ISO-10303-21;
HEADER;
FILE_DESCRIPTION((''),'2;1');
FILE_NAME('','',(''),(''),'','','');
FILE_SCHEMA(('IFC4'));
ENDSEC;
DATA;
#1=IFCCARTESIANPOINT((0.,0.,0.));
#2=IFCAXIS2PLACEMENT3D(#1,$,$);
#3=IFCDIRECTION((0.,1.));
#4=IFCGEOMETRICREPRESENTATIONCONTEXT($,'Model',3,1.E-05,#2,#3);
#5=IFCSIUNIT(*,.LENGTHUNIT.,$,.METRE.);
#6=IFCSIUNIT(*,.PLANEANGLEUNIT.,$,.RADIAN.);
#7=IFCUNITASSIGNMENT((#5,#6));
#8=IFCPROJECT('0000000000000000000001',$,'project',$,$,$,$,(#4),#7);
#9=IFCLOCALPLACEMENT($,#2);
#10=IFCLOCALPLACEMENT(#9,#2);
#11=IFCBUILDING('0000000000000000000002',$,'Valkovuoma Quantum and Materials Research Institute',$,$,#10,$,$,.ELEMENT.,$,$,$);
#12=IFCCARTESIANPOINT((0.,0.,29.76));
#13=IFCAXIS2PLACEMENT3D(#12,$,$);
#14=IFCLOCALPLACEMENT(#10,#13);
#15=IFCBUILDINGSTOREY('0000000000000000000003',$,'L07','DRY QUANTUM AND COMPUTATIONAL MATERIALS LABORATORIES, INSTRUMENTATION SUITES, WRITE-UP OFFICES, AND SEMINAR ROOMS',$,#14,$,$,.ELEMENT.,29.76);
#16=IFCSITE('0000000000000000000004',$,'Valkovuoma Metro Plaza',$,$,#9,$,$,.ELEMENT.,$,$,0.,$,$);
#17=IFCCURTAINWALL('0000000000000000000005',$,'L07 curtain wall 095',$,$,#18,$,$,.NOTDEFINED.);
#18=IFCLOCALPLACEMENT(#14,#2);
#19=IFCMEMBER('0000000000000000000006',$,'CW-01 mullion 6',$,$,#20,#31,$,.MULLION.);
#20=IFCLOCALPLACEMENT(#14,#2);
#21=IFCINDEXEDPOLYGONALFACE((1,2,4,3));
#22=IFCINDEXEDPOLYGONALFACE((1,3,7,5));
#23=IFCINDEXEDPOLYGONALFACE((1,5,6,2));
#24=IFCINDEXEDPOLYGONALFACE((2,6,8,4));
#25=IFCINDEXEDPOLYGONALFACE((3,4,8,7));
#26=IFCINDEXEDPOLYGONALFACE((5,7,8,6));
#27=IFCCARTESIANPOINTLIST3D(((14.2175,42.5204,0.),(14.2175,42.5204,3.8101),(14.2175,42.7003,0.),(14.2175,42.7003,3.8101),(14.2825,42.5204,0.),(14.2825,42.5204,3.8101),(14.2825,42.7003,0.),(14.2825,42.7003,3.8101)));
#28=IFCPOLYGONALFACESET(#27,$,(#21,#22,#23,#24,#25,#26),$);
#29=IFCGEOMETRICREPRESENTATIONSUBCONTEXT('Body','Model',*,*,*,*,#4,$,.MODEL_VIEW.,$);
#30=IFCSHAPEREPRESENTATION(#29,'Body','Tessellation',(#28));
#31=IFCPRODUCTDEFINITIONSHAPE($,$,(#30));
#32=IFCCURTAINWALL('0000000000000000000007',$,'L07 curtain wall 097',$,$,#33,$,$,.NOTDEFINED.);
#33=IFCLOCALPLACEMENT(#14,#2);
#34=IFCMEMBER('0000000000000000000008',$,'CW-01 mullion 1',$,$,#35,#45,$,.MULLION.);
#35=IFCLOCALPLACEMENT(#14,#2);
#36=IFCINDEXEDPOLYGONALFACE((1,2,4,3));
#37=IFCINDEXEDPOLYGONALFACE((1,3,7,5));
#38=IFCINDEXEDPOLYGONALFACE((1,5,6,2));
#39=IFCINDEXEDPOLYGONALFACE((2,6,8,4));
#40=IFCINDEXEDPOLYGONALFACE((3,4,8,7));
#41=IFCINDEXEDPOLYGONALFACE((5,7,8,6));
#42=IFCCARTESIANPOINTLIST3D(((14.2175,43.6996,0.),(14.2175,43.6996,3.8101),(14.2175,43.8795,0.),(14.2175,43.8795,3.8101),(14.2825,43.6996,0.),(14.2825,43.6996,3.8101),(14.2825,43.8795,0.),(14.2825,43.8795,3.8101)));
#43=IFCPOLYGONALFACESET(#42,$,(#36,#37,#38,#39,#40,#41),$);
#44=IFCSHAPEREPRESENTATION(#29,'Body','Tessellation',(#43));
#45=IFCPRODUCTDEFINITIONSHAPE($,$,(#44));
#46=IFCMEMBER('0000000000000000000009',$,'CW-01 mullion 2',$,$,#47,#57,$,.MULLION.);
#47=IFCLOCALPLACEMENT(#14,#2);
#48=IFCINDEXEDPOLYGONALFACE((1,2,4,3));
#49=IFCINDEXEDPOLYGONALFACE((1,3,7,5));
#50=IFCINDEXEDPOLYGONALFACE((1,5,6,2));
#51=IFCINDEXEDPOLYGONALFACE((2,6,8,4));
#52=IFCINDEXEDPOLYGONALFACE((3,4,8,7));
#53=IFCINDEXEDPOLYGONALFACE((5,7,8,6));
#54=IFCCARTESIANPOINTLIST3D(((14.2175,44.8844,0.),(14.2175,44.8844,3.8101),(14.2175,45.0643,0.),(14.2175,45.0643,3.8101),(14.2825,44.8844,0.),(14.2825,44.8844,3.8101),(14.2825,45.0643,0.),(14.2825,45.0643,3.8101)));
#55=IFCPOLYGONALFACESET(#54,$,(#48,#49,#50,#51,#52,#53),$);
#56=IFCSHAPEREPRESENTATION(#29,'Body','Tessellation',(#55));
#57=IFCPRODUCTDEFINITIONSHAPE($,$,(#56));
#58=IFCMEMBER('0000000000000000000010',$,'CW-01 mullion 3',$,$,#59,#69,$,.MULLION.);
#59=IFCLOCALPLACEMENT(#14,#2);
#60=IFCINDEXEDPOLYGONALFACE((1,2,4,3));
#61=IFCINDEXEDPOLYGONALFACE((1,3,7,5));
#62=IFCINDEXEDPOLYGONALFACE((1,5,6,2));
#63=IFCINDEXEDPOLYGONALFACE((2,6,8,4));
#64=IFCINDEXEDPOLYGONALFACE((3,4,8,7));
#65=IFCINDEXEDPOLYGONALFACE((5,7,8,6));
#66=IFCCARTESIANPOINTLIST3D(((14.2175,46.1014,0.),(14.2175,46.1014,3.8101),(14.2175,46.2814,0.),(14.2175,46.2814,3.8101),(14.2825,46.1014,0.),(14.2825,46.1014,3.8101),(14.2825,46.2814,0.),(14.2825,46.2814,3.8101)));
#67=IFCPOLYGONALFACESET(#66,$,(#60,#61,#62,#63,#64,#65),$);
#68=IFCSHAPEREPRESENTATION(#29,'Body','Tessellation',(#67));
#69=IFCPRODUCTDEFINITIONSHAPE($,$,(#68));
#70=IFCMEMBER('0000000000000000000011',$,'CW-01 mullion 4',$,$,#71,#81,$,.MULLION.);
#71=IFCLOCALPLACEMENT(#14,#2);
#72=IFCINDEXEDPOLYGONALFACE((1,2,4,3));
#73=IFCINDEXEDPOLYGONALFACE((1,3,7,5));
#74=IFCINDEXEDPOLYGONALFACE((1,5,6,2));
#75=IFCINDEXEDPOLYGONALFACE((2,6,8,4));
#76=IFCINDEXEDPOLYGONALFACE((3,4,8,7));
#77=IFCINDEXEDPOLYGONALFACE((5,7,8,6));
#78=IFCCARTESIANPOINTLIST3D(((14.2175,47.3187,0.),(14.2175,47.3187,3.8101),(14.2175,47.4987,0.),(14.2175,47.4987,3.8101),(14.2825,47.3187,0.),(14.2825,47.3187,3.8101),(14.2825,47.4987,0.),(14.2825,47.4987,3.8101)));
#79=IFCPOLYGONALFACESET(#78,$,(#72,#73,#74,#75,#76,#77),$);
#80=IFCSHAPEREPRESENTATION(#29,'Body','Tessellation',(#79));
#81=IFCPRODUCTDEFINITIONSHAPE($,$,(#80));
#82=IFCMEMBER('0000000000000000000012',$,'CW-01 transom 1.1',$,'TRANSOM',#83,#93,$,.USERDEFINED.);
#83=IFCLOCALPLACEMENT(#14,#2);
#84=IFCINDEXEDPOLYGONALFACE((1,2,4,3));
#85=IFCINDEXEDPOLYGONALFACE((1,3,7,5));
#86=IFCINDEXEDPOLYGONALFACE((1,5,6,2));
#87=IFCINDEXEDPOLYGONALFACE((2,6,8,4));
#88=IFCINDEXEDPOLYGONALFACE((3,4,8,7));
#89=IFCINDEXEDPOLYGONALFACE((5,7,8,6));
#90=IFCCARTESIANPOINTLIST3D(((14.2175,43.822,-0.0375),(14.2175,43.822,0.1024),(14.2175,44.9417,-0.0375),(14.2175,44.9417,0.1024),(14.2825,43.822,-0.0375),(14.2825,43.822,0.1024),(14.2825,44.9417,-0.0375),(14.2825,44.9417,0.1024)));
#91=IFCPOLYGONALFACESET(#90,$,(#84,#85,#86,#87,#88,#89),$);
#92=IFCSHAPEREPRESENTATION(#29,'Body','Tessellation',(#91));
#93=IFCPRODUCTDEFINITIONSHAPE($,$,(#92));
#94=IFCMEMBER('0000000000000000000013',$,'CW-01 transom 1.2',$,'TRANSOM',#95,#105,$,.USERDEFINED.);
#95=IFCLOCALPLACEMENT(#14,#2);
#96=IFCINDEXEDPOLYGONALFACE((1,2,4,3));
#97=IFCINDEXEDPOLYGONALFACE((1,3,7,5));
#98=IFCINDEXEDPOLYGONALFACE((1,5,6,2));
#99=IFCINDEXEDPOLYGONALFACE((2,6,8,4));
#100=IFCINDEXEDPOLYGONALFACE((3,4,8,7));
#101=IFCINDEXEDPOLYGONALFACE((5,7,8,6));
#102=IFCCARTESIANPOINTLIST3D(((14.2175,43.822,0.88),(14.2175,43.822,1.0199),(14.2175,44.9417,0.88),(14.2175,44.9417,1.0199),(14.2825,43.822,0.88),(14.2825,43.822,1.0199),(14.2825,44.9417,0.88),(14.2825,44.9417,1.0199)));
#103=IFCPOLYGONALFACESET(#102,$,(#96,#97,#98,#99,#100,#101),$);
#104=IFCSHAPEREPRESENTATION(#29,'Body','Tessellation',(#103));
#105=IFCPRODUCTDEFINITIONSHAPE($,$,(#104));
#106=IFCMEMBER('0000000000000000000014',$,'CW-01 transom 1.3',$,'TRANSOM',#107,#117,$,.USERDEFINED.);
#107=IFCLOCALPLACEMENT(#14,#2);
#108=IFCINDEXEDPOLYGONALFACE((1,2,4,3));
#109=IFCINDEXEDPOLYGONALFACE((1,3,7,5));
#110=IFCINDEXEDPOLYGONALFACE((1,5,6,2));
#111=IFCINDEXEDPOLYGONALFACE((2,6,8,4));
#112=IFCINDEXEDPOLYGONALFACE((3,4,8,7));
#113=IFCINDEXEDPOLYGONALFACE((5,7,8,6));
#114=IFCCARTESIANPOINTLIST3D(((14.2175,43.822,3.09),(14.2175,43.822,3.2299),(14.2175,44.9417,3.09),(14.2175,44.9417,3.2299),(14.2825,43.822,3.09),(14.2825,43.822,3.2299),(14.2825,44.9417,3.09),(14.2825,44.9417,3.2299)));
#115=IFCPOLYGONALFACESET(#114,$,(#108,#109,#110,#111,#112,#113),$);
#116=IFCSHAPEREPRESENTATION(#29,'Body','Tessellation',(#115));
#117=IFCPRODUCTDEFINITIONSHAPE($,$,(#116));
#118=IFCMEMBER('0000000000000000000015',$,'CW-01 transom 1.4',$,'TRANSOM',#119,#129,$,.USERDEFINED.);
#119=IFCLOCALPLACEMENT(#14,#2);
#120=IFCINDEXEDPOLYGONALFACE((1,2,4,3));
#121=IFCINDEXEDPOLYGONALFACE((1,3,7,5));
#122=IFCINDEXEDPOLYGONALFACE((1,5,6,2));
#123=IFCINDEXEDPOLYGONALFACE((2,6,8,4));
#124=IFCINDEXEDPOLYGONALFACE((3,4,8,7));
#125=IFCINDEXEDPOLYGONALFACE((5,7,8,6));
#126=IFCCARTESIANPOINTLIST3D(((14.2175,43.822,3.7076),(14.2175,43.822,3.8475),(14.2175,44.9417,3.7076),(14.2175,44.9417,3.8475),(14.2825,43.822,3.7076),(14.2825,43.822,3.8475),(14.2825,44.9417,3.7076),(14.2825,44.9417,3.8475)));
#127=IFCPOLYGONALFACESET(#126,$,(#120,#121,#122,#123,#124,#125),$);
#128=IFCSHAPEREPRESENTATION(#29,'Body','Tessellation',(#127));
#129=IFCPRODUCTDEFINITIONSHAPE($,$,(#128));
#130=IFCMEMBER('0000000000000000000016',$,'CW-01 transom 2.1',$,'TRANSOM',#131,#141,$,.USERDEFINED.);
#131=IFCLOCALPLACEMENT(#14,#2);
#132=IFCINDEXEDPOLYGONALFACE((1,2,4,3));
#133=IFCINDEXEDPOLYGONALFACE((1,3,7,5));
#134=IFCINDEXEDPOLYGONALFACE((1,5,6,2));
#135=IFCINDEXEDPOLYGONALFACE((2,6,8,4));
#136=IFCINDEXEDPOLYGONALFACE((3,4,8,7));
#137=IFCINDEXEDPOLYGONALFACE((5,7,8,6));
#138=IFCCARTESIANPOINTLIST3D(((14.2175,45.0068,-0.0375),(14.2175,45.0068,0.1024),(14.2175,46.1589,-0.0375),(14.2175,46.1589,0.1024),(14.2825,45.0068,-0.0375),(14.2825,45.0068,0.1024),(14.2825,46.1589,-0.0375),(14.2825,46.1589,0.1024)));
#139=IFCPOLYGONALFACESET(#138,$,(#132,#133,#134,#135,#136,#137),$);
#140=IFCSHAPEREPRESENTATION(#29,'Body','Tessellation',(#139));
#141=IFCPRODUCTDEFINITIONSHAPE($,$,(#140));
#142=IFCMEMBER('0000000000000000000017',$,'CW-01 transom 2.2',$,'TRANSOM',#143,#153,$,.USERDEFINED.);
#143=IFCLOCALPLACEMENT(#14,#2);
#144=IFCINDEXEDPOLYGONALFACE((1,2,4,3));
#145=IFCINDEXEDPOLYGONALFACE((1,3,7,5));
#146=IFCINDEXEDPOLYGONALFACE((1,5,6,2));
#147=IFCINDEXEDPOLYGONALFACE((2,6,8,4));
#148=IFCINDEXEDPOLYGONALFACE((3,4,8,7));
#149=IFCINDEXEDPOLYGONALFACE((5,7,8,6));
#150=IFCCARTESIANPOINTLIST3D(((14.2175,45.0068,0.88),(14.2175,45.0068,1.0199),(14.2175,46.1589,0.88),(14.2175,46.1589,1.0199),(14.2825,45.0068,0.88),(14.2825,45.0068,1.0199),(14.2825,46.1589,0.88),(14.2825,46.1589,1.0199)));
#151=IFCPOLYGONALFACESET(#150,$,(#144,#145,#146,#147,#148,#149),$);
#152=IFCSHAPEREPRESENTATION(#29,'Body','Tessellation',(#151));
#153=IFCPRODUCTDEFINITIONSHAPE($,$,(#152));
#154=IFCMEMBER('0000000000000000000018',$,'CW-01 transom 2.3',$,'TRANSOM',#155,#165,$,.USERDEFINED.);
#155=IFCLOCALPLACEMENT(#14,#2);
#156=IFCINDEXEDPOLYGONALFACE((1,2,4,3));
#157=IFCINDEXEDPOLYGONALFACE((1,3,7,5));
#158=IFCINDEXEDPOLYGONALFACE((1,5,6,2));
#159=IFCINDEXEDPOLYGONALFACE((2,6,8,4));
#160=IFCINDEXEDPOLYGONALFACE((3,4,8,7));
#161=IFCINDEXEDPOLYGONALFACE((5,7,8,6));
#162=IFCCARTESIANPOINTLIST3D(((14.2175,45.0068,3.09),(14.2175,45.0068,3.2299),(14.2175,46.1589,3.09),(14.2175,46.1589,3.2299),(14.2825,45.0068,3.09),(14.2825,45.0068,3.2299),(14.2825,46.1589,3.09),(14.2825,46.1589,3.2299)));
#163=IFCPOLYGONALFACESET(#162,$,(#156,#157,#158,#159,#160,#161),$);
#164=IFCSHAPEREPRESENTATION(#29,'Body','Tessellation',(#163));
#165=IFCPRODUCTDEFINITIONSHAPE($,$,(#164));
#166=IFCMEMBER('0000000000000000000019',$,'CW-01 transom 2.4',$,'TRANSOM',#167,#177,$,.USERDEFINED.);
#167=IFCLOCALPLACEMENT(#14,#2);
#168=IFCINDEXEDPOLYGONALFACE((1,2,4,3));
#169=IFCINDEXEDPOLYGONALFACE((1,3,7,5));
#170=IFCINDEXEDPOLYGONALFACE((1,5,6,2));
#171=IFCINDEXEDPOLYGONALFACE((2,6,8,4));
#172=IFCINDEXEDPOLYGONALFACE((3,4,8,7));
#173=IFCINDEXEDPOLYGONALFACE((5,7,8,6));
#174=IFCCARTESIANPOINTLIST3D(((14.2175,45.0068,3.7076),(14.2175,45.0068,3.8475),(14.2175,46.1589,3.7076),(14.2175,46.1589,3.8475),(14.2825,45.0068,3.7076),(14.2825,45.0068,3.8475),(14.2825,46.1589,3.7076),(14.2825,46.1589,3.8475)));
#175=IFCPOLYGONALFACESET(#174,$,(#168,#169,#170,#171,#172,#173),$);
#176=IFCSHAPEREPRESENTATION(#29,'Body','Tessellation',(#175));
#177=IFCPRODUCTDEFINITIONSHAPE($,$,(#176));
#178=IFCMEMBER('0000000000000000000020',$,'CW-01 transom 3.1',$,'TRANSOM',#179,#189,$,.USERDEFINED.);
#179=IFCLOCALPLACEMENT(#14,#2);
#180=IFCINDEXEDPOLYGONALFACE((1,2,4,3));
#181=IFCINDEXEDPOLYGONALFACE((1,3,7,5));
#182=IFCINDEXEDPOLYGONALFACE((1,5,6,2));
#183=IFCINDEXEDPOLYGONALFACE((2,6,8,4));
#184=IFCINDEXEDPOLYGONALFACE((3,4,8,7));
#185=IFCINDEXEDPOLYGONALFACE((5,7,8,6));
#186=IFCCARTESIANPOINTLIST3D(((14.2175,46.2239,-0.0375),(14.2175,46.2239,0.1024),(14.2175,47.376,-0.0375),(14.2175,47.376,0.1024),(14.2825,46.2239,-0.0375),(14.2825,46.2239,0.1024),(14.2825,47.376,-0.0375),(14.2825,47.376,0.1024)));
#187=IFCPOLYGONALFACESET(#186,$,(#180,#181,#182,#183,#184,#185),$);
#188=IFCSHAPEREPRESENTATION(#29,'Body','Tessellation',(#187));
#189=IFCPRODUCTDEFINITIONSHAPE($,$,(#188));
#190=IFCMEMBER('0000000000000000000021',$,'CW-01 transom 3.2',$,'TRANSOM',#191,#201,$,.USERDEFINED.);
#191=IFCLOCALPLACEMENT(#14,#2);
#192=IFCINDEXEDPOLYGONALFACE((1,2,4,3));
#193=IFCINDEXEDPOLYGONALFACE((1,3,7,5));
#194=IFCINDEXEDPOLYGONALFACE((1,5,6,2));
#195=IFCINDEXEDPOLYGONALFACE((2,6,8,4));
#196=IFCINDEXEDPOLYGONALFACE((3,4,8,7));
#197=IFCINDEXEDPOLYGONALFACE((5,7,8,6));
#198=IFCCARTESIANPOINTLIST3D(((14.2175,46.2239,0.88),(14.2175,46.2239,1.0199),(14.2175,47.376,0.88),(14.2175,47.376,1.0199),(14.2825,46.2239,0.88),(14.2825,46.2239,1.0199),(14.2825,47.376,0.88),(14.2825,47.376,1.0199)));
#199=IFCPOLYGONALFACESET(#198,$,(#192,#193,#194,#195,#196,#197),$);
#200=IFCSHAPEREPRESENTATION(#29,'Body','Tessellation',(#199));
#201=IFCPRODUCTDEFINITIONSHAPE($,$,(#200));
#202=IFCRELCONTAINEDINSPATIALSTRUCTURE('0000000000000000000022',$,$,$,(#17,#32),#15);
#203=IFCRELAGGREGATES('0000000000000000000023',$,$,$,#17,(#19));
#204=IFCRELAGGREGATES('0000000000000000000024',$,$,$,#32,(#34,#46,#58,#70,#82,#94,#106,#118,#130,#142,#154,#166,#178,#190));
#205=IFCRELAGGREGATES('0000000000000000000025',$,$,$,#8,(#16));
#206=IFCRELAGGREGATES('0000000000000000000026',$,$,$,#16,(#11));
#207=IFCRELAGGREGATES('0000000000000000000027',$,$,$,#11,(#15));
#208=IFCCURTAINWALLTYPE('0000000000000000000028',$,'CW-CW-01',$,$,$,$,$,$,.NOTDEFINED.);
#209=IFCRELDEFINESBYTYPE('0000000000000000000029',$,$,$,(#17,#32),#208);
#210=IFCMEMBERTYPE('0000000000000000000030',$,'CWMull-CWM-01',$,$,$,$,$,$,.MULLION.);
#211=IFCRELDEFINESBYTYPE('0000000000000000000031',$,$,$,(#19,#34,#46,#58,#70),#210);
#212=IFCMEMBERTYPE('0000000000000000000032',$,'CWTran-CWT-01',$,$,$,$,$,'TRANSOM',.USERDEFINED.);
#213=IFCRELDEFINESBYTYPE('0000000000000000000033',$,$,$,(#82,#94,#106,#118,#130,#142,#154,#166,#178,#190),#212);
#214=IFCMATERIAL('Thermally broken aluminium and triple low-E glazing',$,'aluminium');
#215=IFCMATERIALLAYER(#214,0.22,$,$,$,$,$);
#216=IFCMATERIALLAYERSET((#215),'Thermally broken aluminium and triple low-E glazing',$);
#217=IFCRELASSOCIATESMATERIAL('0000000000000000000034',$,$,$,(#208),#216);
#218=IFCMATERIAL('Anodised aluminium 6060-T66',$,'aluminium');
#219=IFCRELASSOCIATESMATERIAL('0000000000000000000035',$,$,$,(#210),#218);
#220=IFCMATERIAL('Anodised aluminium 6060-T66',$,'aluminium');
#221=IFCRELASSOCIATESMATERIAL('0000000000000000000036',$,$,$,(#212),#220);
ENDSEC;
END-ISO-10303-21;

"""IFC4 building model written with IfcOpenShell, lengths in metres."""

from ifc_helpers import new_model, si_unit, direction, frame, origin, origin_2d, place, context, subcontext, project, spatial, rectangle, extrude, material, layer, layer_set, material_profile, profile_set, type_object, element, aggregate, save


model = new_model("IFC4")

# Units and contexts
model_context = context("Model", 3, precision=1e-05, world=origin(), true_north=direction((0.0, 1.0)))
body_context = subcontext(model_context, "Body", "Model", "MODEL_VIEW")
ifc_project = project(units=[si_unit("LENGTHUNIT", "METRE"), si_unit("PLANEANGLEUNIT", "RADIAN")], contexts=[model_context])

# Site, building, storey
site_placement = place(None, origin())
site = spatial("IfcSite", under=ifc_project, at=site_placement, Name="Valkovuoma Metro Plaza", CompositionType="ELEMENT", RefElevation=0.0)
building_placement = place(site_placement, origin())
building = spatial("IfcBuilding", under=site, at=building_placement, Name="Valkovuoma Quantum and Materials Research Institute", CompositionType="ELEMENT")
storey_placement = place(building_placement, frame((0.0, 0.0, 29.76)))
storey = spatial("IfcBuildingStorey", under=building, at=storey_placement, Name="L07", Description="DRY QUANTUM AND COMPUTATIONAL MATERIALS LABORATORIES, INSTRUMENTATION SUITES, WRITE-UP OFFICES, AND SEMINAR ROOMS", CompositionType="ELEMENT", Elevation=29.76)

# Curtain wall, member
ifc_material_1 = material(Name="Thermally broken aluminium and triple low-E glazing", Category="aluminium")
ifc_layer_1 = layer(ifc_material_1, 0.22)
ifc_layer_set_1 = layer_set([ifc_layer_1], Name="Thermally broken aluminium and triple low-E glazing")
curtain_wall_type = type_object("IfcCurtainWallType", Name="CW-CW-01", PredefinedType="NOTDEFINED", material=ifc_layer_set_1)
curtain_wall_1_placement = place(storey_placement, origin())
curtain_wall_1 = element("IfcCurtainWall", 1, at=curtain_wall_1_placement, inside=storey, type_object=curtain_wall_type, Name="L07 curtain wall 095", PredefinedType="NOTDEFINED")
ifc_material_2 = material(Name="Anodised aluminium 6060-T66", Category="aluminium")
ifc_material_profile_1 = material_profile(ifc_material_2, rectangle(XDim=0.0649, YDim=0.1799, at=origin_2d()), Name="Anodised aluminium 6060-T66")
ifc_profile_set_1 = profile_set([ifc_material_profile_1], Name="Anodised aluminium 6060-T66")
member_type_1 = type_object("IfcMemberType", Name="CWMull-CWM-01", PredefinedType="MULLION", material=ifc_profile_set_1)
member_1_placement = place(storey_placement, frame((14.25, 42.6104, 0.0), z_axis=(0.0, 0.0, 1.0), x_axis=(-1.0, 0.0, 0.0)))
member_1 = element("IfcMember", 2, at=member_1_placement, type_object=member_type_1, Name="CW-01 mullion 6", PredefinedType="MULLION", context=body_context, shape_type="SweptSolid", body=[
    extrude(rectangle(XDim=0.0649, YDim=0.1799, at=origin_2d()), origin(), (0.0, 0.0, 1.0), 3.8101),
])

# Curtain wall, members
curtain_wall_2_placement = place(storey_placement, origin())
curtain_wall_2 = element("IfcCurtainWall", 3, at=curtain_wall_2_placement, inside=storey, type_object=curtain_wall_type, Name="L07 curtain wall 097", PredefinedType="NOTDEFINED")
member_2_placement = place(storey_placement, frame((14.25, 43.7896, 0.0), z_axis=(0.0, 0.0, 1.0), x_axis=(-1.0, 0.0, 0.0)))
member_2 = element("IfcMember", 4, at=member_2_placement, type_object=member_type_1, Name="CW-01 mullion 1", PredefinedType="MULLION", context=body_context, shape_type="SweptSolid", body=[
    extrude(rectangle(XDim=0.0649, YDim=0.1799, at=origin_2d()), origin(), (0.0, 0.0, 1.0), 3.8101),
])
member_3_placement = place(storey_placement, frame((14.25, 44.9744, 0.0), z_axis=(0.0, 0.0, 1.0), x_axis=(-1.0, 0.0, 0.0)))
member_3 = element("IfcMember", 5, at=member_3_placement, type_object=member_type_1, Name="CW-01 mullion 2", PredefinedType="MULLION", context=body_context, shape_type="SweptSolid", body=[
    extrude(rectangle(XDim=0.0649, YDim=0.1799, at=origin_2d()), origin(), (0.0, 0.0, 1.0), 3.8101),
])
member_4_placement = place(storey_placement, frame((14.25, 46.1914, 0.0), z_axis=(0.0, 0.0, 1.0), x_axis=(-1.0, 0.0, 0.0)))
member_4 = element("IfcMember", 6, at=member_4_placement, type_object=member_type_1, Name="CW-01 mullion 3", PredefinedType="MULLION", context=body_context, shape_type="SweptSolid", body=[
    extrude(rectangle(XDim=0.0649, YDim=0.1799, at=origin_2d()), origin(), (0.0, 0.0, 1.0), 3.8101),
])
member_5_placement = place(storey_placement, frame((14.25, 47.4087, 0.0), z_axis=(0.0, 0.0, 1.0), x_axis=(-1.0, 0.0, 0.0)))
member_5 = element("IfcMember", 7, at=member_5_placement, type_object=member_type_1, Name="CW-01 mullion 4", PredefinedType="MULLION", context=body_context, shape_type="SweptSolid", body=[
    extrude(rectangle(XDim=0.0649, YDim=0.1799, at=origin_2d()), origin(), (0.0, 0.0, 1.0), 3.8101),
])
ifc_material_3 = material(Name="Anodised aluminium 6060-T66", Category="aluminium")
ifc_material_profile_2 = material_profile(ifc_material_3, rectangle(XDim=0.0649, YDim=0.1399, at=origin_2d()), Name="Anodised aluminium 6060-T66")
ifc_profile_set_2 = profile_set([ifc_material_profile_2], Name="Anodised aluminium 6060-T66")
member_type_2 = type_object("IfcMemberType", Name="CWTran-CWT-01", ElementType="TRANSOM", PredefinedType="USERDEFINED", material=ifc_profile_set_2)
member_6_placement = place(storey_placement, frame((14.25, 43.822, 0.0325), z_axis=(0.0, 1.0, 0.0), x_axis=(-1.0, 0.0, 0.0)))
member_6 = element("IfcMember", 8, at=member_6_placement, type_object=member_type_2, Name="CW-01 transom 1.1", ObjectType="TRANSOM", PredefinedType="USERDEFINED", context=body_context, shape_type="SweptSolid", body=[
    extrude(rectangle(XDim=0.0649, YDim=0.1399, at=origin_2d()), origin(), (0.0, 0.0, 1.0), 1.1196),
])
member_7_placement = place(storey_placement, frame((14.25, 43.822, 0.95), z_axis=(0.0, 1.0, 0.0), x_axis=(-1.0, 0.0, 0.0)))
member_7 = element("IfcMember", 9, at=member_7_placement, type_object=member_type_2, Name="CW-01 transom 1.2", ObjectType="TRANSOM", PredefinedType="USERDEFINED", context=body_context, shape_type="SweptSolid", body=[
    extrude(rectangle(XDim=0.0649, YDim=0.1399, at=origin_2d()), origin(), (0.0, 0.0, 1.0), 1.1196),
])
member_8_placement = place(storey_placement, frame((14.25, 43.822, 3.1599), z_axis=(0.0, 1.0, 0.0), x_axis=(-1.0, 0.0, 0.0)))
member_8 = element("IfcMember", 10, at=member_8_placement, type_object=member_type_2, Name="CW-01 transom 1.3", ObjectType="TRANSOM", PredefinedType="USERDEFINED", context=body_context, shape_type="SweptSolid", body=[
    extrude(rectangle(XDim=0.0649, YDim=0.1399, at=origin_2d()), origin(), (0.0, 0.0, 1.0), 1.1196),
])
member_9_placement = place(storey_placement, frame((14.25, 43.822, 3.7776), z_axis=(0.0, 1.0, 0.0), x_axis=(-1.0, 0.0, 0.0)))
member_9 = element("IfcMember", 11, at=member_9_placement, type_object=member_type_2, Name="CW-01 transom 1.4", ObjectType="TRANSOM", PredefinedType="USERDEFINED", context=body_context, shape_type="SweptSolid", body=[
    extrude(rectangle(XDim=0.0649, YDim=0.1399, at=origin_2d()), origin(), (0.0, 0.0, 1.0), 1.1196),
])
member_10_placement = place(storey_placement, frame((14.25, 45.0068, 0.0325), z_axis=(0.0, 1.0, 0.0), x_axis=(-1.0, 0.0, 0.0)))
member_10 = element("IfcMember", 12, at=member_10_placement, type_object=member_type_2, Name="CW-01 transom 2.1", ObjectType="TRANSOM", PredefinedType="USERDEFINED", context=body_context, shape_type="SweptSolid", body=[
    extrude(rectangle(XDim=0.0649, YDim=0.1399, at=origin_2d()), origin(), (0.0, 0.0, 1.0), 1.1521),
])
member_11_placement = place(storey_placement, frame((14.25, 45.0068, 0.95), z_axis=(0.0, 1.0, 0.0), x_axis=(-1.0, 0.0, 0.0)))
member_11 = element("IfcMember", 13, at=member_11_placement, type_object=member_type_2, Name="CW-01 transom 2.2", ObjectType="TRANSOM", PredefinedType="USERDEFINED", context=body_context, shape_type="SweptSolid", body=[
    extrude(rectangle(XDim=0.0649, YDim=0.1399, at=origin_2d()), origin(), (0.0, 0.0, 1.0), 1.1521),
])
member_12_placement = place(storey_placement, frame((14.25, 45.0068, 3.1599), z_axis=(0.0, 1.0, 0.0), x_axis=(-1.0, 0.0, 0.0)))
member_12 = element("IfcMember", 14, at=member_12_placement, type_object=member_type_2, Name="CW-01 transom 2.3", ObjectType="TRANSOM", PredefinedType="USERDEFINED", context=body_context, shape_type="SweptSolid", body=[
    extrude(rectangle(XDim=0.0649, YDim=0.1399, at=origin_2d()), origin(), (0.0, 0.0, 1.0), 1.1521),
])
member_13_placement = place(storey_placement, frame((14.25, 45.0068, 3.7776), z_axis=(0.0, 1.0, 0.0), x_axis=(-1.0, 0.0, 0.0)))
member_13 = element("IfcMember", 15, at=member_13_placement, type_object=member_type_2, Name="CW-01 transom 2.4", ObjectType="TRANSOM", PredefinedType="USERDEFINED", context=body_context, shape_type="SweptSolid", body=[
    extrude(rectangle(XDim=0.0649, YDim=0.1399, at=origin_2d()), origin(), (0.0, 0.0, 1.0), 1.1521),
])
member_14_placement = place(storey_placement, frame((14.25, 46.2239, 0.0325), z_axis=(0.0, 1.0, 0.0), x_axis=(-1.0, 0.0, 0.0)))
member_14 = element("IfcMember", 16, at=member_14_placement, type_object=member_type_2, Name="CW-01 transom 3.1", ObjectType="TRANSOM", PredefinedType="USERDEFINED", context=body_context, shape_type="SweptSolid", body=[
    extrude(rectangle(XDim=0.0649, YDim=0.1399, at=origin_2d()), origin(), (0.0, 0.0, 1.0), 1.1521),
])
member_15_placement = place(storey_placement, frame((14.25, 46.2239, 0.95), z_axis=(0.0, 1.0, 0.0), x_axis=(-1.0, 0.0, 0.0)))
member_15 = element("IfcMember", 17, at=member_15_placement, type_object=member_type_2, Name="CW-01 transom 3.2", ObjectType="TRANSOM", PredefinedType="USERDEFINED", context=body_context, shape_type="SweptSolid", body=[
    extrude(rectangle(XDim=0.0649, YDim=0.1399, at=origin_2d()), origin(), (0.0, 0.0, 1.0), 1.1521),
])

aggregate(curtain_wall_1, [member_1])
aggregate(curtain_wall_2, [member_2, member_3, member_4, member_5, member_6, member_7, member_8, member_9, member_10, member_11, member_12, member_13, member_14, member_15])

save(model, "model.ifc")
